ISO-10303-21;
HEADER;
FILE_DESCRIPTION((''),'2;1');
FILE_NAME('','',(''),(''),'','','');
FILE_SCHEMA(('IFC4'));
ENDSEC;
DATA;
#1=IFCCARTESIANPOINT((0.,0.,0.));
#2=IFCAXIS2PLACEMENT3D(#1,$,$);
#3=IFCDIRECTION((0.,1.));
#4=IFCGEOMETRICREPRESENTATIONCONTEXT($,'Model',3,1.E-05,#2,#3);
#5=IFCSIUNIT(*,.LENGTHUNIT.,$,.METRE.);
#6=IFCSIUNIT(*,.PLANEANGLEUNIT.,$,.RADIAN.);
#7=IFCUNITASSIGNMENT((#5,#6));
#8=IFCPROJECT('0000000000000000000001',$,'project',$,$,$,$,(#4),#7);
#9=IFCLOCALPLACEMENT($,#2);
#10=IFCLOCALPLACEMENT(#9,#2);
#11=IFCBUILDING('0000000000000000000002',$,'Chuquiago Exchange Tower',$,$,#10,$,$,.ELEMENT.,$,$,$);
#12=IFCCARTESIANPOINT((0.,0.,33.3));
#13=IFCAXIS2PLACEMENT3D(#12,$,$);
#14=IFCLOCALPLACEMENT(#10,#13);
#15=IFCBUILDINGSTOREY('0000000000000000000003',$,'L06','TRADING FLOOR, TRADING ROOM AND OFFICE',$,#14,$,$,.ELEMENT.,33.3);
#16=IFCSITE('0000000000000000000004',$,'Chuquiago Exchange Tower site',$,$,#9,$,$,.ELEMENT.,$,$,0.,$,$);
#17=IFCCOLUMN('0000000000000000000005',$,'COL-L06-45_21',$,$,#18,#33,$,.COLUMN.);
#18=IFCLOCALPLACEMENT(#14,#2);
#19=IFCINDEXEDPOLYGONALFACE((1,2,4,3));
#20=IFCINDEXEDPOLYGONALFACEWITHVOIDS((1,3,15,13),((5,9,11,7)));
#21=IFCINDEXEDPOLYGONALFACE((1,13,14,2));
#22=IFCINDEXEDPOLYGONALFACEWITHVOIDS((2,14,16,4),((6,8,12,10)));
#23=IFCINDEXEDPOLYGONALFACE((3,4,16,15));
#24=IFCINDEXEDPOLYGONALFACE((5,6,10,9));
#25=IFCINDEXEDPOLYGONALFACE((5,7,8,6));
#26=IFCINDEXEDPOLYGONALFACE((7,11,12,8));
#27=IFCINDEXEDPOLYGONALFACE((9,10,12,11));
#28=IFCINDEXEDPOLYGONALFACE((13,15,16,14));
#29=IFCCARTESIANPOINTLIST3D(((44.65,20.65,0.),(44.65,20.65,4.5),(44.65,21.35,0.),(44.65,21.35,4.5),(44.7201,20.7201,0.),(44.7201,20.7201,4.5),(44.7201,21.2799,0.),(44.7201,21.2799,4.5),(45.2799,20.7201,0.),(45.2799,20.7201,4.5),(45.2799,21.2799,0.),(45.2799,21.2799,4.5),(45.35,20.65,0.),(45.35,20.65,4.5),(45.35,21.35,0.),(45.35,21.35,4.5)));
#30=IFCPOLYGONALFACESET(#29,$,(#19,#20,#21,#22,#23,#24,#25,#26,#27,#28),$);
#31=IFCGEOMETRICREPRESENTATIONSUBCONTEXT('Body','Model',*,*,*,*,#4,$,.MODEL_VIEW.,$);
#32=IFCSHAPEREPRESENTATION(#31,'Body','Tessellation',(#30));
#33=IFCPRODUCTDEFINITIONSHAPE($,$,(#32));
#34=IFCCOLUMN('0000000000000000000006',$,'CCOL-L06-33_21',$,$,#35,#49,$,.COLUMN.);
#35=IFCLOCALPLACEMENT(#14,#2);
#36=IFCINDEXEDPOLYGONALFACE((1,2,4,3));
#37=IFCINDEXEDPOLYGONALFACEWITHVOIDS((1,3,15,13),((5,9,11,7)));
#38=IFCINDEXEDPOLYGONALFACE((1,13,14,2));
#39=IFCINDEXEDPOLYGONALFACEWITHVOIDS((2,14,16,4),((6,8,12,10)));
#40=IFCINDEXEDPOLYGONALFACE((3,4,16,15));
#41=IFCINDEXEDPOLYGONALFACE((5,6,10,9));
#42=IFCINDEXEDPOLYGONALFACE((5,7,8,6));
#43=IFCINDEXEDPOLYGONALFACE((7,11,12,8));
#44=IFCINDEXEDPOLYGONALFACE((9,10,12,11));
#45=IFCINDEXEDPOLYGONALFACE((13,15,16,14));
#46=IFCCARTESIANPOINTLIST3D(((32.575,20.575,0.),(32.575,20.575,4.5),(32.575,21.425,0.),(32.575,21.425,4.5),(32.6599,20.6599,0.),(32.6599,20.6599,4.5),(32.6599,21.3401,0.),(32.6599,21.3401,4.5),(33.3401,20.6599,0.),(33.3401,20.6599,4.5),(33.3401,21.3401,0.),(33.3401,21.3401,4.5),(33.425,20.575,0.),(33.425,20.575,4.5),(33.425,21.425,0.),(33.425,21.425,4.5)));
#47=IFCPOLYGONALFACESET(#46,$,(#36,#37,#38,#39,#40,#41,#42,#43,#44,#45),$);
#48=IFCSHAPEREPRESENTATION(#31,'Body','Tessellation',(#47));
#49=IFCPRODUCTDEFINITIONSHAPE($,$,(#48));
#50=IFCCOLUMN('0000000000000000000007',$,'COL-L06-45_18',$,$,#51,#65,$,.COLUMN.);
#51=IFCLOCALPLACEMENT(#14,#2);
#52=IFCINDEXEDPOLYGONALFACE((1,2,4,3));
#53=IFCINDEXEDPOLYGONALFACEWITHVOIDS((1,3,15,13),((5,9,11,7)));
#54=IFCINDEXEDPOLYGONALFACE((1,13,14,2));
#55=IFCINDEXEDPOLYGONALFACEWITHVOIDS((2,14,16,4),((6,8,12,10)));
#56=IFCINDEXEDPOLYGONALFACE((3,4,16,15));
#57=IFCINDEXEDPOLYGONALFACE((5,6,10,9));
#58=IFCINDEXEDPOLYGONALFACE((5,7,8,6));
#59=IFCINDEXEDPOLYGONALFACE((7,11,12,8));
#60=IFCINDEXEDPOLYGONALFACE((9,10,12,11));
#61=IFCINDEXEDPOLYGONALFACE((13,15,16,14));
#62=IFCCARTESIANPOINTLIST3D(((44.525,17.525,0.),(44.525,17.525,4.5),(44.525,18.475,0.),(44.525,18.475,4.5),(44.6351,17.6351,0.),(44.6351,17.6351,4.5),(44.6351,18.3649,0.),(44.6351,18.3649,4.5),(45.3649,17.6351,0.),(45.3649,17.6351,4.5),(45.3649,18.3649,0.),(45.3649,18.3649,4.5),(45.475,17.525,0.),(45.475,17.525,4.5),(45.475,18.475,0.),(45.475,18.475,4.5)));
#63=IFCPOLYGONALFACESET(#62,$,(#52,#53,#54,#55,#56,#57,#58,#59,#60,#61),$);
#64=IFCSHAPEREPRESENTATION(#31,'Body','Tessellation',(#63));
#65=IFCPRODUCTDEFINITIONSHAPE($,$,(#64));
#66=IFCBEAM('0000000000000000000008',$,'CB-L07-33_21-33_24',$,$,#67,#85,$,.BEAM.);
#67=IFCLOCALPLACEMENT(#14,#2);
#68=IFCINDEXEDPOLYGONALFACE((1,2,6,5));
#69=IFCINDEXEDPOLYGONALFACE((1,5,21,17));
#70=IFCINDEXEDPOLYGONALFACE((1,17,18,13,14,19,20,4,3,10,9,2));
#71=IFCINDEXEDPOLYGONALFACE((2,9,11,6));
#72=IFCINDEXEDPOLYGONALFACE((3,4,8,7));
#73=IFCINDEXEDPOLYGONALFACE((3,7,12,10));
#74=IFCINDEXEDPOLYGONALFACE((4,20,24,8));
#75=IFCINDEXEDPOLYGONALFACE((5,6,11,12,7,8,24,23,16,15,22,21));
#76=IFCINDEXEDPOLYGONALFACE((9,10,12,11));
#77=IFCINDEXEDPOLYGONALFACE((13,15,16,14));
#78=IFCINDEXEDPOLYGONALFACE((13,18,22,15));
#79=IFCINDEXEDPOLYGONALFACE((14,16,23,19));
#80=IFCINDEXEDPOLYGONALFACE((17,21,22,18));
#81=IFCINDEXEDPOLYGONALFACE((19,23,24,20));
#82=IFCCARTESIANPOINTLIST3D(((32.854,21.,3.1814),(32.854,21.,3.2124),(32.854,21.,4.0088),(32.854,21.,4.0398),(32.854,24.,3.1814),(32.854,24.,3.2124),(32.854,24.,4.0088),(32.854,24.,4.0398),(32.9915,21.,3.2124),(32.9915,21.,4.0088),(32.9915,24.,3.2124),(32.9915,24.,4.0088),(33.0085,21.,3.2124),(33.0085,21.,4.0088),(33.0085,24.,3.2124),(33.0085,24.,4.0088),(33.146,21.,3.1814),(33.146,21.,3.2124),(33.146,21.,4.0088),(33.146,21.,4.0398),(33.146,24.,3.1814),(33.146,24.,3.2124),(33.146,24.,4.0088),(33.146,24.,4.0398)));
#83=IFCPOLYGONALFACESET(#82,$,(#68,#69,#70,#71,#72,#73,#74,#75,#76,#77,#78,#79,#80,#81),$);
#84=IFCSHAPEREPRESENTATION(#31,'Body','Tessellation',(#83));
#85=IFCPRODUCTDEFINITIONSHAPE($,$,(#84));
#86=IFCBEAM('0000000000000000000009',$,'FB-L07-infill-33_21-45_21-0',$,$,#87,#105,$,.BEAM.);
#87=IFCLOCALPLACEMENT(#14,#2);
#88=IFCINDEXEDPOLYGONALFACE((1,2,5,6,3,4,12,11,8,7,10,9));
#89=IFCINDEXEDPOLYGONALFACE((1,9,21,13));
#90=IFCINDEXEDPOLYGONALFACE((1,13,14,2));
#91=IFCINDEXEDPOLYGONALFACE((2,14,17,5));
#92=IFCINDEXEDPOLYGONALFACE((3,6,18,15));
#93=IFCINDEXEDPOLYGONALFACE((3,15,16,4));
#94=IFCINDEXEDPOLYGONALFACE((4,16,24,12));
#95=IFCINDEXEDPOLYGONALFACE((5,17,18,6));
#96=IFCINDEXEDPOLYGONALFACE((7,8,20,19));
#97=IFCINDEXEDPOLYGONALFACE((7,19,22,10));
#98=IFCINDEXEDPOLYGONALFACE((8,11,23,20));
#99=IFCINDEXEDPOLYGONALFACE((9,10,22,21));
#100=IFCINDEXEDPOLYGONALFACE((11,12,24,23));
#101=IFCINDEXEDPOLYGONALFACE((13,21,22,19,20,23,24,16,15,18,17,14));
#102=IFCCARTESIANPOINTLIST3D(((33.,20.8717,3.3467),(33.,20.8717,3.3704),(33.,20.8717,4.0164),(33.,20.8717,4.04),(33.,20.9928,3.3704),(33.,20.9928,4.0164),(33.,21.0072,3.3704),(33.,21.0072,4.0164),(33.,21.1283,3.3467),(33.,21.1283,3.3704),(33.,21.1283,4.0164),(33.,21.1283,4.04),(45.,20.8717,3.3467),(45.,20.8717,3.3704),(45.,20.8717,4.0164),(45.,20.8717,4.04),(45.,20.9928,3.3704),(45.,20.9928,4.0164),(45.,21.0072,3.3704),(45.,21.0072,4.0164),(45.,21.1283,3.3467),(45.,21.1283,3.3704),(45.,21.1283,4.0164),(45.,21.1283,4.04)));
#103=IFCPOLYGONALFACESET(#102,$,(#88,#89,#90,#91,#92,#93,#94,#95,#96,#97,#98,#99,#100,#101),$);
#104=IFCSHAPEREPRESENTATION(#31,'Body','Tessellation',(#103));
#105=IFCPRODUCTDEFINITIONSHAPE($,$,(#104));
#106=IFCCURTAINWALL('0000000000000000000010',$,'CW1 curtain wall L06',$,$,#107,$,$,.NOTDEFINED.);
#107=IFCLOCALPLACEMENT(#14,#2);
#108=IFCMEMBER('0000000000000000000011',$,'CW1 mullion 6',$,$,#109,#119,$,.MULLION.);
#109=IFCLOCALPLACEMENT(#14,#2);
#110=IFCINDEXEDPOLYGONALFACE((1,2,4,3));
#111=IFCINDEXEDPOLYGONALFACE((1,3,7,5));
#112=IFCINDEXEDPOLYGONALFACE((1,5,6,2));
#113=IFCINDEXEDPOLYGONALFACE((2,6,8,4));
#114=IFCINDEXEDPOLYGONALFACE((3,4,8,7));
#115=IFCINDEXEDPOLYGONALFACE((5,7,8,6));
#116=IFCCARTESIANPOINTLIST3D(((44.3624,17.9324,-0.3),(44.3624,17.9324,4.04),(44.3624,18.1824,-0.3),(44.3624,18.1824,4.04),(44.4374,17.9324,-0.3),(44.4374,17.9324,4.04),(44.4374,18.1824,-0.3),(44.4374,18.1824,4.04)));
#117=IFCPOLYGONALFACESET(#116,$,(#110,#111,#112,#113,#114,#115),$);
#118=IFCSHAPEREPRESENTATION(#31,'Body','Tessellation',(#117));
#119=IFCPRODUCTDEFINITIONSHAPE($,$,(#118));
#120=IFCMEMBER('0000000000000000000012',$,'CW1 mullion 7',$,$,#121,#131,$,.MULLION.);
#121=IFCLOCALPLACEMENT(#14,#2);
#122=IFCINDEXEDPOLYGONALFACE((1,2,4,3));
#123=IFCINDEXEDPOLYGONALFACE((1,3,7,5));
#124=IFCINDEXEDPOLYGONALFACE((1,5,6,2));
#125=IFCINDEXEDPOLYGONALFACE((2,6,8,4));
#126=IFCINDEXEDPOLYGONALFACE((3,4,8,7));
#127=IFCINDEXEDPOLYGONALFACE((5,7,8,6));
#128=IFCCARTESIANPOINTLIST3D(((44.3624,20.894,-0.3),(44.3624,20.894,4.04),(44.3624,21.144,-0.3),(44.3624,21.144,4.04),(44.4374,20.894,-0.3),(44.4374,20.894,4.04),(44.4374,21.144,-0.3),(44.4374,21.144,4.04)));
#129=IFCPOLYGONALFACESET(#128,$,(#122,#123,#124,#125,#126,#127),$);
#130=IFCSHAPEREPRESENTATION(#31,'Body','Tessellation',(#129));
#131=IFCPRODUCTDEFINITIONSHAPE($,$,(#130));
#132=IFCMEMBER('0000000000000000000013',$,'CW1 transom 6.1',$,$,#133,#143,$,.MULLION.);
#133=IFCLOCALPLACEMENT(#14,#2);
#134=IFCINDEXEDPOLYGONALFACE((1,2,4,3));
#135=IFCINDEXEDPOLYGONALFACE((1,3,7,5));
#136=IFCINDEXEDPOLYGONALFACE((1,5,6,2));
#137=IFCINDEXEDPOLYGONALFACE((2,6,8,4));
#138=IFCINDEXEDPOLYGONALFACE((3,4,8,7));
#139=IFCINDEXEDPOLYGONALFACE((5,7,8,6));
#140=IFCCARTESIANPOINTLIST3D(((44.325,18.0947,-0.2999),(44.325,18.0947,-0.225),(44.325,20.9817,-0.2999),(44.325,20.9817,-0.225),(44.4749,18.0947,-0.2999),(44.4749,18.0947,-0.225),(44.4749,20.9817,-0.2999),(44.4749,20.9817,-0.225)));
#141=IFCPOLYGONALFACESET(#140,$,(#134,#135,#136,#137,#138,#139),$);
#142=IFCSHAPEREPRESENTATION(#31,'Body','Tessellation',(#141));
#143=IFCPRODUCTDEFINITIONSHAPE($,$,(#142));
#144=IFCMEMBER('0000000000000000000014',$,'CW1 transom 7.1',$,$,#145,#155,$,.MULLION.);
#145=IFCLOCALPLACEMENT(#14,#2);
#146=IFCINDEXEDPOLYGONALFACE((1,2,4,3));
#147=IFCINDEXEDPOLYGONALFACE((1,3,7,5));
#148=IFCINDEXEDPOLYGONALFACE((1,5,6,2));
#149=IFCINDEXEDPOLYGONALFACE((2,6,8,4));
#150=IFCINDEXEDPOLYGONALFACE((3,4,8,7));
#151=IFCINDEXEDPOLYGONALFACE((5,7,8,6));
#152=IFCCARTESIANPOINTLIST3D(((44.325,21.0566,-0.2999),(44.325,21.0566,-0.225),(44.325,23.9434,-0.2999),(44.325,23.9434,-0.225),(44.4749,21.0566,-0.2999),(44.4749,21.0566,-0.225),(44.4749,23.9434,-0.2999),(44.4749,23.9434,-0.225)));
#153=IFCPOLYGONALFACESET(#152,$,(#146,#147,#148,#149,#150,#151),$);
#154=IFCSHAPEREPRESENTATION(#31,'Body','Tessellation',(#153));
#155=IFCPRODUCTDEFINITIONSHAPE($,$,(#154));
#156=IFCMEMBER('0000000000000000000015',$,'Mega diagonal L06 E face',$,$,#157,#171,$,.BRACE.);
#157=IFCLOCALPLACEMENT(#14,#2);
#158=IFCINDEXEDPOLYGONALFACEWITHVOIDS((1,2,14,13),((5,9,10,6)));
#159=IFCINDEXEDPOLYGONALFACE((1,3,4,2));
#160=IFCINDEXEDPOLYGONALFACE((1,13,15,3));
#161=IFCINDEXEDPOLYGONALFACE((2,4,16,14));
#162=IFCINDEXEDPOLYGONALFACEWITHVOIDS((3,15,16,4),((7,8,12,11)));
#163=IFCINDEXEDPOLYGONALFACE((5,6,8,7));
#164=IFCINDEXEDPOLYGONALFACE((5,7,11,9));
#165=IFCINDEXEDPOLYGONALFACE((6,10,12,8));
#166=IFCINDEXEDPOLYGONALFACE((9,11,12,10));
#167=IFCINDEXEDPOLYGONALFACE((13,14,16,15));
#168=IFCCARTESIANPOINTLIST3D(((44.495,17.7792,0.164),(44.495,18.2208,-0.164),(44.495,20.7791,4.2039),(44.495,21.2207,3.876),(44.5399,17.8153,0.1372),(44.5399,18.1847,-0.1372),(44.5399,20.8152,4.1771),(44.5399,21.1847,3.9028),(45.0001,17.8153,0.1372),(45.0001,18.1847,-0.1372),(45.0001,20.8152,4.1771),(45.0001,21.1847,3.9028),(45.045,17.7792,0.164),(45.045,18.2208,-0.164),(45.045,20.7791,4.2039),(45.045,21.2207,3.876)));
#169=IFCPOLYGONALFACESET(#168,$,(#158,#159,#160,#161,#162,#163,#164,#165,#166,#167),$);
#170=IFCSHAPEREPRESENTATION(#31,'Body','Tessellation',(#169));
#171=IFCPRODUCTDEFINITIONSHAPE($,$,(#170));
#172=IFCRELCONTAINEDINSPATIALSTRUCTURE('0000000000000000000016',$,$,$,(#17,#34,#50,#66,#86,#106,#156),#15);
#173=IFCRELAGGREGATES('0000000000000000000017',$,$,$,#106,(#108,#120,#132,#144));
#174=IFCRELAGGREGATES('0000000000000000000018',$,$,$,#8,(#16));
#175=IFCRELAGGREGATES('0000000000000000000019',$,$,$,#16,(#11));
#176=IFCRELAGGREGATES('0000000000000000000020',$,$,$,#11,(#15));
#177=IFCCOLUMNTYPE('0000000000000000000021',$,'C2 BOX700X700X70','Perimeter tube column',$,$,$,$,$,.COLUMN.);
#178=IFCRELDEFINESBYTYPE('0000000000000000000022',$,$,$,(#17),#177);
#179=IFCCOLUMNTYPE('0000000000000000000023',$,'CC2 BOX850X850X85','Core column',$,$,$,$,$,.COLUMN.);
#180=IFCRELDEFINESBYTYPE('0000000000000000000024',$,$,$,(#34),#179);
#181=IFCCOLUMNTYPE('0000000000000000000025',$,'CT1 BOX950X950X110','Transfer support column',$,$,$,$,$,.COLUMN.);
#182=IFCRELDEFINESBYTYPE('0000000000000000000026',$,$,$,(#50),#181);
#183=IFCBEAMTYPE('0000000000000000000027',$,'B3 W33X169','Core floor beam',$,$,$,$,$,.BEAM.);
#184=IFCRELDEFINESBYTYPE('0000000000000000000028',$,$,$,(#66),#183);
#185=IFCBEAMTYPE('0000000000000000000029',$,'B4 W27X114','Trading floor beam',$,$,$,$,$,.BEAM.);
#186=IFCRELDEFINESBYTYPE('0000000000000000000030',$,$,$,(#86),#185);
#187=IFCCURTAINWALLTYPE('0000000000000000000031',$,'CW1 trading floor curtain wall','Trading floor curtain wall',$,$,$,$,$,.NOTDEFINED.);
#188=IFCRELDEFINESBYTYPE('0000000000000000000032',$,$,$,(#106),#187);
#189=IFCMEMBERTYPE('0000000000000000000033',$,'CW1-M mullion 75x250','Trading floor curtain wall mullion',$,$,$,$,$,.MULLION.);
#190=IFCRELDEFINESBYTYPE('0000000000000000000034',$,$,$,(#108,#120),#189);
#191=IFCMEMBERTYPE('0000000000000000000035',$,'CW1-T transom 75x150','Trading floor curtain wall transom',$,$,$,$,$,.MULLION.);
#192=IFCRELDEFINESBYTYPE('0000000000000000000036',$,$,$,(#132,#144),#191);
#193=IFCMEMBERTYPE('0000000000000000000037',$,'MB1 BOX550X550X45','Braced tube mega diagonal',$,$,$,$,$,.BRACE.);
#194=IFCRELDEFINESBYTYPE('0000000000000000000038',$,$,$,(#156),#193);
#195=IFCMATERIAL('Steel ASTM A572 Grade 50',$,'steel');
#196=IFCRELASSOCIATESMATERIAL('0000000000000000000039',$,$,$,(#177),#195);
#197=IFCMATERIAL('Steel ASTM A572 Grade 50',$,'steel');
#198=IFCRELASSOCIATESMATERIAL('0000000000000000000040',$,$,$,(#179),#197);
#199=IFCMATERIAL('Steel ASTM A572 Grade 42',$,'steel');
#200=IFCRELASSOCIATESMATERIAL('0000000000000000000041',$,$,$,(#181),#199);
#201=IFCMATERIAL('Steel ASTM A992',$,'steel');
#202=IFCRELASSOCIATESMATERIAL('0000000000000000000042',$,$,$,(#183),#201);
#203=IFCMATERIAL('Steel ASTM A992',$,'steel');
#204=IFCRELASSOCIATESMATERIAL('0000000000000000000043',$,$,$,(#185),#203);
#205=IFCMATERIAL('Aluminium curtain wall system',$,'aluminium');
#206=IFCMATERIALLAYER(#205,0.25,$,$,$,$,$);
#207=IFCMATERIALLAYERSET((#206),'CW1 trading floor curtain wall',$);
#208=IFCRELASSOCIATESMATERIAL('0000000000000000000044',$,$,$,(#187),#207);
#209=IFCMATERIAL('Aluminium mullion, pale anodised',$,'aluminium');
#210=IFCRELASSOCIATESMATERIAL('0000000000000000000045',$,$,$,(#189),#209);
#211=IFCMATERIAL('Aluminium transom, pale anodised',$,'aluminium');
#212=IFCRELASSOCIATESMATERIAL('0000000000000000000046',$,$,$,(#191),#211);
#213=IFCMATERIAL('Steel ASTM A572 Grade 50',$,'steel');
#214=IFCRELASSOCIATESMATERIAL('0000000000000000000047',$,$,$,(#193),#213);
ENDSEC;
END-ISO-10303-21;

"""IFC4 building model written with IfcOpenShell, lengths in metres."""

from ifc_helpers import new_model, si_unit, direction, frame, origin, origin_2d, place, context, subcontext, project, spatial, rectangle, hollow_rectangle, i_section, extrude, material, layer, layer_set, material_profile, profile_set, type_object, element, aggregate, save


model = new_model("IFC4")

# Units and contexts
model_context = context("Model", 3, precision=1e-05, world=origin(), true_north=direction((0.0, 1.0)))
body_context = subcontext(model_context, "Body", "Model", "MODEL_VIEW")
ifc_project = project(units=[si_unit("LENGTHUNIT", "METRE"), si_unit("PLANEANGLEUNIT", "RADIAN")], contexts=[model_context])

# Site, building, storey
site_placement = place(None, origin())
site = spatial("IfcSite", under=ifc_project, at=site_placement, Name="Chuquiago Exchange Tower site", CompositionType="ELEMENT", RefElevation=0.0)
building_placement = place(site_placement, origin())
building = spatial("IfcBuilding", under=site, at=building_placement, Name="Chuquiago Exchange Tower", CompositionType="ELEMENT")
storey_placement = place(building_placement, frame((0.0, 0.0, 33.3)))
storey = spatial("IfcBuildingStorey", under=building, at=storey_placement, Name="L06", Description="TRADING FLOOR, TRADING ROOM AND OFFICE", CompositionType="ELEMENT", Elevation=33.3)

# Columns
ifc_material_1 = material(Name="Steel ASTM A572 Grade 50", Category="steel")
ifc_material_profile_1 = material_profile(ifc_material_1, hollow_rectangle(XDim=0.7, YDim=0.7, WallThickness=0.0701, at=origin_2d()), Name="BOX700X700X70")
ifc_profile_set_1 = profile_set([ifc_material_profile_1], Name="Steel ASTM A572 Grade 50")
column_type_1 = type_object("IfcColumnType", Name="C2 BOX700X700X70", Description="Perimeter tube column", PredefinedType="COLUMN", material=ifc_profile_set_1)
column_1_placement = place(storey_placement, frame((45.0, 21.0, 0.0), z_axis=(0.0, 0.0, 1.0), x_axis=(1.0, 0.0, 0.0)))
element("IfcColumn", 1, at=column_1_placement, inside=storey, type_object=column_type_1, Name="COL-L06-45_21", PredefinedType="COLUMN", context=body_context, shape_type="SweptSolid", body=[
    extrude(hollow_rectangle(XDim=0.7, YDim=0.7, WallThickness=0.0701, at=origin_2d()), origin(), (0.0, 0.0, 1.0), 4.5),
])
ifc_material_2 = material(Name="Steel ASTM A572 Grade 50", Category="steel")
ifc_material_profile_2 = material_profile(ifc_material_2, hollow_rectangle(XDim=0.8501, YDim=0.8501, WallThickness=0.085, at=origin_2d()), Name="BOX850X850X85")
ifc_profile_set_2 = profile_set([ifc_material_profile_2], Name="Steel ASTM A572 Grade 50")
column_type_2 = type_object("IfcColumnType", Name="CC2 BOX850X850X85", Description="Core column", PredefinedType="COLUMN", material=ifc_profile_set_2)
column_2_placement = place(storey_placement, frame((33.0, 21.0, 0.0), z_axis=(0.0, 0.0, 1.0), x_axis=(1.0, 0.0, 0.0)))
element("IfcColumn", 2, at=column_2_placement, inside=storey, type_object=column_type_2, Name="CCOL-L06-33_21", PredefinedType="COLUMN", context=body_context, shape_type="SweptSolid", body=[
    extrude(hollow_rectangle(XDim=0.8501, YDim=0.8501, WallThickness=0.085, at=origin_2d()), origin(), (0.0, 0.0, 1.0), 4.5),
])
ifc_material_3 = material(Name="Steel ASTM A572 Grade 42", Category="steel")
ifc_material_profile_3 = material_profile(ifc_material_3, hollow_rectangle(XDim=0.95, YDim=0.95, WallThickness=0.1101, at=origin_2d()), Name="BOX950X950X110")
ifc_profile_set_3 = profile_set([ifc_material_profile_3], Name="Steel ASTM A572 Grade 42")
column_type_3 = type_object("IfcColumnType", Name="CT1 BOX950X950X110", Description="Transfer support column", PredefinedType="COLUMN", material=ifc_profile_set_3)
column_3_placement = place(storey_placement, frame((45.0, 18.0, 0.0), z_axis=(0.0, 0.0, 1.0), x_axis=(1.0, 0.0, 0.0)))
element("IfcColumn", 3, at=column_3_placement, inside=storey, type_object=column_type_3, Name="COL-L06-45_18", PredefinedType="COLUMN", context=body_context, shape_type="SweptSolid", body=[
    extrude(hollow_rectangle(XDim=0.95, YDim=0.95, WallThickness=0.1101, at=origin_2d()), origin(), (0.0, 0.0, 1.0), 4.5),
])

# Beams
ifc_material_4 = material(Name="Steel ASTM A992", Category="steel")
ifc_material_profile_4 = material_profile(ifc_material_4, i_section(OverallWidth=0.292, OverallDepth=0.8584, WebThickness=0.0171, FlangeThickness=0.031, at=origin_2d()), Name="W33X169")
ifc_profile_set_4 = profile_set([ifc_material_profile_4], Name="Steel ASTM A992")
beam_type_1 = type_object("IfcBeamType", Name="B3 W33X169", Description="Core floor beam", PredefinedType="BEAM", material=ifc_profile_set_4)
beam_1_placement = place(storey_placement, frame((33.0, 21.0, 3.6106), z_axis=(0.0, 1.0, 0.0), x_axis=(-1.0, 0.0, 0.0)))
element("IfcBeam", 4, at=beam_1_placement, inside=storey, type_object=beam_type_1, Name="CB-L07-33_21-33_24", PredefinedType="BEAM", context=body_context, shape_type="SweptSolid", body=[
    extrude(i_section(OverallWidth=0.292, OverallDepth=0.8584, WebThickness=0.0171, FlangeThickness=0.031, at=origin_2d()), origin(), (0.0, 0.0, 1.0), 3.0),
])
ifc_material_5 = material(Name="Steel ASTM A992", Category="steel")
ifc_material_profile_5 = material_profile(ifc_material_5, i_section(OverallWidth=0.2566, OverallDepth=0.6934, WebThickness=0.0144, FlangeThickness=0.0237, at=origin_2d()), Name="W27X114")
ifc_profile_set_5 = profile_set([ifc_material_profile_5], Name="Steel ASTM A992")
beam_type_2 = type_object("IfcBeamType", Name="B4 W27X114", Description="Trading floor beam", PredefinedType="BEAM", material=ifc_profile_set_5)
beam_2_placement = place(storey_placement, frame((33.0, 21.0, 3.6934), z_axis=(1.0, 0.0, 0.0), x_axis=(0.0, 1.0, 0.0)))
element("IfcBeam", 5, at=beam_2_placement, inside=storey, type_object=beam_type_2, Name="FB-L07-infill-33_21-45_21-0", PredefinedType="BEAM", context=body_context, shape_type="SweptSolid", body=[
    extrude(i_section(OverallWidth=0.2566, OverallDepth=0.6934, WebThickness=0.0144, FlangeThickness=0.0237, at=origin_2d()), origin(), (0.0, 0.0, 1.0), 12.0),
])

# Curtain wall, members
ifc_material_6 = material(Name="Aluminium curtain wall system", Category="aluminium")
ifc_layer_1 = layer(ifc_material_6, 0.25)
ifc_layer_set_1 = layer_set([ifc_layer_1], Name="CW1 trading floor curtain wall")
curtain_wall_type = type_object("IfcCurtainWallType", Name="CW1 trading floor curtain wall", Description="Trading floor curtain wall", PredefinedType="NOTDEFINED", material=ifc_layer_set_1)
curtain_wall_placement = place(storey_placement, origin())
curtain_wall = element("IfcCurtainWall", 6, at=curtain_wall_placement, inside=storey, type_object=curtain_wall_type, Name="CW1 curtain wall L06", PredefinedType="NOTDEFINED")
ifc_material_7 = material(Name="Aluminium mullion, pale anodised", Category="aluminium")
ifc_material_profile_6 = material_profile(ifc_material_7, rectangle(XDim=0.075, YDim=0.25, at=origin_2d()), Name="AL 75x250")
ifc_profile_set_6 = profile_set([ifc_material_profile_6], Name="Aluminium mullion, pale anodised")
member_type_1 = type_object("IfcMemberType", Name="CW1-M mullion 75x250", Description="Trading floor curtain wall mullion", PredefinedType="MULLION", material=ifc_profile_set_6)
member_1_placement = place(storey_placement, frame((44.3999, 18.0574, -0.3), z_axis=(0.0, 0.0, 1.0), x_axis=(-1.0, 0.0, 0.0)))
member_1 = element("IfcMember", 7, at=member_1_placement, type_object=member_type_1, Name="CW1 mullion 6", PredefinedType="MULLION", context=body_context, shape_type="SweptSolid", body=[
    extrude(rectangle(XDim=0.075, YDim=0.25, at=origin_2d()), origin(), (0.0, 0.0, 1.0), 4.3401),
])
member_2_placement = place(storey_placement, frame((44.3999, 21.019, -0.3), z_axis=(0.0, 0.0, 1.0), x_axis=(-1.0, 0.0, 0.0)))
member_2 = element("IfcMember", 8, at=member_2_placement, type_object=member_type_1, Name="CW1 mullion 7", PredefinedType="MULLION", context=body_context, shape_type="SweptSolid", body=[
    extrude(rectangle(XDim=0.075, YDim=0.25, at=origin_2d()), origin(), (0.0, 0.0, 1.0), 4.3401),
])
ifc_material_8 = material(Name="Aluminium transom, pale anodised", Category="aluminium")
ifc_material_profile_7 = material_profile(ifc_material_8, rectangle(XDim=0.1499, YDim=0.075, at=origin_2d()), Name="AL 150x75")
ifc_profile_set_7 = profile_set([ifc_material_profile_7], Name="Aluminium transom, pale anodised")
member_type_2 = type_object("IfcMemberType", Name="CW1-T transom 75x150", Description="Trading floor curtain wall transom", PredefinedType="MULLION", material=ifc_profile_set_7)
member_3_placement = place(storey_placement, frame((44.3999, 18.0947, -0.2625), z_axis=(0.0, 1.0, 0.0), x_axis=(-1.0, 0.0, 0.0)))
member_3 = element("IfcMember", 9, at=member_3_placement, type_object=member_type_2, Name="CW1 transom 6.1", PredefinedType="MULLION", context=body_context, shape_type="SweptSolid", body=[
    extrude(rectangle(XDim=0.1499, YDim=0.075, at=origin_2d()), origin(), (0.0, 0.0, 1.0), 2.887),
])
member_4_placement = place(storey_placement, frame((44.3999, 21.0566, -0.2625), z_axis=(0.0, 1.0, 0.0), x_axis=(-1.0, 0.0, 0.0)))
member_4 = element("IfcMember", 10, at=member_4_placement, type_object=member_type_2, Name="CW1 transom 7.1", PredefinedType="MULLION", context=body_context, shape_type="SweptSolid", body=[
    extrude(rectangle(XDim=0.1499, YDim=0.075, at=origin_2d()), origin(), (0.0, 0.0, 1.0), 2.8867),
])

# Member
ifc_material_9 = material(Name="Steel ASTM A572 Grade 50", Category="steel")
ifc_material_profile_8 = material_profile(ifc_material_9, hollow_rectangle(XDim=0.55, YDim=0.55, WallThickness=0.0449, at=origin_2d()), Name="BOX550X550X45")
ifc_profile_set_8 = profile_set([ifc_material_profile_8], Name="Steel ASTM A572 Grade 50")
member_type_3 = type_object("IfcMemberType", Name="MB1 BOX550X550X45", Description="Braced tube mega diagonal", PredefinedType="BRACE", material=ifc_profile_set_8)
member_5_placement = place(storey_placement, frame((44.77, 18.0, 0.0), z_axis=(0.0, 0.596174, 0.802855), x_axis=(-1.0, 0.0, 0.0)))
element("IfcMember", 11, at=member_5_placement, inside=storey, type_object=member_type_3, Name="Mega diagonal L06 E face", PredefinedType="BRACE", context=body_context, shape_type="SweptSolid", body=[
    extrude(hollow_rectangle(XDim=0.55, YDim=0.55, WallThickness=0.0449, at=origin_2d()), origin(), (0.0, 0.0, 1.0), 5.032),
])

aggregate(curtain_wall, [member_1, member_2, member_3, member_4])

save(model, "model.ifc")
